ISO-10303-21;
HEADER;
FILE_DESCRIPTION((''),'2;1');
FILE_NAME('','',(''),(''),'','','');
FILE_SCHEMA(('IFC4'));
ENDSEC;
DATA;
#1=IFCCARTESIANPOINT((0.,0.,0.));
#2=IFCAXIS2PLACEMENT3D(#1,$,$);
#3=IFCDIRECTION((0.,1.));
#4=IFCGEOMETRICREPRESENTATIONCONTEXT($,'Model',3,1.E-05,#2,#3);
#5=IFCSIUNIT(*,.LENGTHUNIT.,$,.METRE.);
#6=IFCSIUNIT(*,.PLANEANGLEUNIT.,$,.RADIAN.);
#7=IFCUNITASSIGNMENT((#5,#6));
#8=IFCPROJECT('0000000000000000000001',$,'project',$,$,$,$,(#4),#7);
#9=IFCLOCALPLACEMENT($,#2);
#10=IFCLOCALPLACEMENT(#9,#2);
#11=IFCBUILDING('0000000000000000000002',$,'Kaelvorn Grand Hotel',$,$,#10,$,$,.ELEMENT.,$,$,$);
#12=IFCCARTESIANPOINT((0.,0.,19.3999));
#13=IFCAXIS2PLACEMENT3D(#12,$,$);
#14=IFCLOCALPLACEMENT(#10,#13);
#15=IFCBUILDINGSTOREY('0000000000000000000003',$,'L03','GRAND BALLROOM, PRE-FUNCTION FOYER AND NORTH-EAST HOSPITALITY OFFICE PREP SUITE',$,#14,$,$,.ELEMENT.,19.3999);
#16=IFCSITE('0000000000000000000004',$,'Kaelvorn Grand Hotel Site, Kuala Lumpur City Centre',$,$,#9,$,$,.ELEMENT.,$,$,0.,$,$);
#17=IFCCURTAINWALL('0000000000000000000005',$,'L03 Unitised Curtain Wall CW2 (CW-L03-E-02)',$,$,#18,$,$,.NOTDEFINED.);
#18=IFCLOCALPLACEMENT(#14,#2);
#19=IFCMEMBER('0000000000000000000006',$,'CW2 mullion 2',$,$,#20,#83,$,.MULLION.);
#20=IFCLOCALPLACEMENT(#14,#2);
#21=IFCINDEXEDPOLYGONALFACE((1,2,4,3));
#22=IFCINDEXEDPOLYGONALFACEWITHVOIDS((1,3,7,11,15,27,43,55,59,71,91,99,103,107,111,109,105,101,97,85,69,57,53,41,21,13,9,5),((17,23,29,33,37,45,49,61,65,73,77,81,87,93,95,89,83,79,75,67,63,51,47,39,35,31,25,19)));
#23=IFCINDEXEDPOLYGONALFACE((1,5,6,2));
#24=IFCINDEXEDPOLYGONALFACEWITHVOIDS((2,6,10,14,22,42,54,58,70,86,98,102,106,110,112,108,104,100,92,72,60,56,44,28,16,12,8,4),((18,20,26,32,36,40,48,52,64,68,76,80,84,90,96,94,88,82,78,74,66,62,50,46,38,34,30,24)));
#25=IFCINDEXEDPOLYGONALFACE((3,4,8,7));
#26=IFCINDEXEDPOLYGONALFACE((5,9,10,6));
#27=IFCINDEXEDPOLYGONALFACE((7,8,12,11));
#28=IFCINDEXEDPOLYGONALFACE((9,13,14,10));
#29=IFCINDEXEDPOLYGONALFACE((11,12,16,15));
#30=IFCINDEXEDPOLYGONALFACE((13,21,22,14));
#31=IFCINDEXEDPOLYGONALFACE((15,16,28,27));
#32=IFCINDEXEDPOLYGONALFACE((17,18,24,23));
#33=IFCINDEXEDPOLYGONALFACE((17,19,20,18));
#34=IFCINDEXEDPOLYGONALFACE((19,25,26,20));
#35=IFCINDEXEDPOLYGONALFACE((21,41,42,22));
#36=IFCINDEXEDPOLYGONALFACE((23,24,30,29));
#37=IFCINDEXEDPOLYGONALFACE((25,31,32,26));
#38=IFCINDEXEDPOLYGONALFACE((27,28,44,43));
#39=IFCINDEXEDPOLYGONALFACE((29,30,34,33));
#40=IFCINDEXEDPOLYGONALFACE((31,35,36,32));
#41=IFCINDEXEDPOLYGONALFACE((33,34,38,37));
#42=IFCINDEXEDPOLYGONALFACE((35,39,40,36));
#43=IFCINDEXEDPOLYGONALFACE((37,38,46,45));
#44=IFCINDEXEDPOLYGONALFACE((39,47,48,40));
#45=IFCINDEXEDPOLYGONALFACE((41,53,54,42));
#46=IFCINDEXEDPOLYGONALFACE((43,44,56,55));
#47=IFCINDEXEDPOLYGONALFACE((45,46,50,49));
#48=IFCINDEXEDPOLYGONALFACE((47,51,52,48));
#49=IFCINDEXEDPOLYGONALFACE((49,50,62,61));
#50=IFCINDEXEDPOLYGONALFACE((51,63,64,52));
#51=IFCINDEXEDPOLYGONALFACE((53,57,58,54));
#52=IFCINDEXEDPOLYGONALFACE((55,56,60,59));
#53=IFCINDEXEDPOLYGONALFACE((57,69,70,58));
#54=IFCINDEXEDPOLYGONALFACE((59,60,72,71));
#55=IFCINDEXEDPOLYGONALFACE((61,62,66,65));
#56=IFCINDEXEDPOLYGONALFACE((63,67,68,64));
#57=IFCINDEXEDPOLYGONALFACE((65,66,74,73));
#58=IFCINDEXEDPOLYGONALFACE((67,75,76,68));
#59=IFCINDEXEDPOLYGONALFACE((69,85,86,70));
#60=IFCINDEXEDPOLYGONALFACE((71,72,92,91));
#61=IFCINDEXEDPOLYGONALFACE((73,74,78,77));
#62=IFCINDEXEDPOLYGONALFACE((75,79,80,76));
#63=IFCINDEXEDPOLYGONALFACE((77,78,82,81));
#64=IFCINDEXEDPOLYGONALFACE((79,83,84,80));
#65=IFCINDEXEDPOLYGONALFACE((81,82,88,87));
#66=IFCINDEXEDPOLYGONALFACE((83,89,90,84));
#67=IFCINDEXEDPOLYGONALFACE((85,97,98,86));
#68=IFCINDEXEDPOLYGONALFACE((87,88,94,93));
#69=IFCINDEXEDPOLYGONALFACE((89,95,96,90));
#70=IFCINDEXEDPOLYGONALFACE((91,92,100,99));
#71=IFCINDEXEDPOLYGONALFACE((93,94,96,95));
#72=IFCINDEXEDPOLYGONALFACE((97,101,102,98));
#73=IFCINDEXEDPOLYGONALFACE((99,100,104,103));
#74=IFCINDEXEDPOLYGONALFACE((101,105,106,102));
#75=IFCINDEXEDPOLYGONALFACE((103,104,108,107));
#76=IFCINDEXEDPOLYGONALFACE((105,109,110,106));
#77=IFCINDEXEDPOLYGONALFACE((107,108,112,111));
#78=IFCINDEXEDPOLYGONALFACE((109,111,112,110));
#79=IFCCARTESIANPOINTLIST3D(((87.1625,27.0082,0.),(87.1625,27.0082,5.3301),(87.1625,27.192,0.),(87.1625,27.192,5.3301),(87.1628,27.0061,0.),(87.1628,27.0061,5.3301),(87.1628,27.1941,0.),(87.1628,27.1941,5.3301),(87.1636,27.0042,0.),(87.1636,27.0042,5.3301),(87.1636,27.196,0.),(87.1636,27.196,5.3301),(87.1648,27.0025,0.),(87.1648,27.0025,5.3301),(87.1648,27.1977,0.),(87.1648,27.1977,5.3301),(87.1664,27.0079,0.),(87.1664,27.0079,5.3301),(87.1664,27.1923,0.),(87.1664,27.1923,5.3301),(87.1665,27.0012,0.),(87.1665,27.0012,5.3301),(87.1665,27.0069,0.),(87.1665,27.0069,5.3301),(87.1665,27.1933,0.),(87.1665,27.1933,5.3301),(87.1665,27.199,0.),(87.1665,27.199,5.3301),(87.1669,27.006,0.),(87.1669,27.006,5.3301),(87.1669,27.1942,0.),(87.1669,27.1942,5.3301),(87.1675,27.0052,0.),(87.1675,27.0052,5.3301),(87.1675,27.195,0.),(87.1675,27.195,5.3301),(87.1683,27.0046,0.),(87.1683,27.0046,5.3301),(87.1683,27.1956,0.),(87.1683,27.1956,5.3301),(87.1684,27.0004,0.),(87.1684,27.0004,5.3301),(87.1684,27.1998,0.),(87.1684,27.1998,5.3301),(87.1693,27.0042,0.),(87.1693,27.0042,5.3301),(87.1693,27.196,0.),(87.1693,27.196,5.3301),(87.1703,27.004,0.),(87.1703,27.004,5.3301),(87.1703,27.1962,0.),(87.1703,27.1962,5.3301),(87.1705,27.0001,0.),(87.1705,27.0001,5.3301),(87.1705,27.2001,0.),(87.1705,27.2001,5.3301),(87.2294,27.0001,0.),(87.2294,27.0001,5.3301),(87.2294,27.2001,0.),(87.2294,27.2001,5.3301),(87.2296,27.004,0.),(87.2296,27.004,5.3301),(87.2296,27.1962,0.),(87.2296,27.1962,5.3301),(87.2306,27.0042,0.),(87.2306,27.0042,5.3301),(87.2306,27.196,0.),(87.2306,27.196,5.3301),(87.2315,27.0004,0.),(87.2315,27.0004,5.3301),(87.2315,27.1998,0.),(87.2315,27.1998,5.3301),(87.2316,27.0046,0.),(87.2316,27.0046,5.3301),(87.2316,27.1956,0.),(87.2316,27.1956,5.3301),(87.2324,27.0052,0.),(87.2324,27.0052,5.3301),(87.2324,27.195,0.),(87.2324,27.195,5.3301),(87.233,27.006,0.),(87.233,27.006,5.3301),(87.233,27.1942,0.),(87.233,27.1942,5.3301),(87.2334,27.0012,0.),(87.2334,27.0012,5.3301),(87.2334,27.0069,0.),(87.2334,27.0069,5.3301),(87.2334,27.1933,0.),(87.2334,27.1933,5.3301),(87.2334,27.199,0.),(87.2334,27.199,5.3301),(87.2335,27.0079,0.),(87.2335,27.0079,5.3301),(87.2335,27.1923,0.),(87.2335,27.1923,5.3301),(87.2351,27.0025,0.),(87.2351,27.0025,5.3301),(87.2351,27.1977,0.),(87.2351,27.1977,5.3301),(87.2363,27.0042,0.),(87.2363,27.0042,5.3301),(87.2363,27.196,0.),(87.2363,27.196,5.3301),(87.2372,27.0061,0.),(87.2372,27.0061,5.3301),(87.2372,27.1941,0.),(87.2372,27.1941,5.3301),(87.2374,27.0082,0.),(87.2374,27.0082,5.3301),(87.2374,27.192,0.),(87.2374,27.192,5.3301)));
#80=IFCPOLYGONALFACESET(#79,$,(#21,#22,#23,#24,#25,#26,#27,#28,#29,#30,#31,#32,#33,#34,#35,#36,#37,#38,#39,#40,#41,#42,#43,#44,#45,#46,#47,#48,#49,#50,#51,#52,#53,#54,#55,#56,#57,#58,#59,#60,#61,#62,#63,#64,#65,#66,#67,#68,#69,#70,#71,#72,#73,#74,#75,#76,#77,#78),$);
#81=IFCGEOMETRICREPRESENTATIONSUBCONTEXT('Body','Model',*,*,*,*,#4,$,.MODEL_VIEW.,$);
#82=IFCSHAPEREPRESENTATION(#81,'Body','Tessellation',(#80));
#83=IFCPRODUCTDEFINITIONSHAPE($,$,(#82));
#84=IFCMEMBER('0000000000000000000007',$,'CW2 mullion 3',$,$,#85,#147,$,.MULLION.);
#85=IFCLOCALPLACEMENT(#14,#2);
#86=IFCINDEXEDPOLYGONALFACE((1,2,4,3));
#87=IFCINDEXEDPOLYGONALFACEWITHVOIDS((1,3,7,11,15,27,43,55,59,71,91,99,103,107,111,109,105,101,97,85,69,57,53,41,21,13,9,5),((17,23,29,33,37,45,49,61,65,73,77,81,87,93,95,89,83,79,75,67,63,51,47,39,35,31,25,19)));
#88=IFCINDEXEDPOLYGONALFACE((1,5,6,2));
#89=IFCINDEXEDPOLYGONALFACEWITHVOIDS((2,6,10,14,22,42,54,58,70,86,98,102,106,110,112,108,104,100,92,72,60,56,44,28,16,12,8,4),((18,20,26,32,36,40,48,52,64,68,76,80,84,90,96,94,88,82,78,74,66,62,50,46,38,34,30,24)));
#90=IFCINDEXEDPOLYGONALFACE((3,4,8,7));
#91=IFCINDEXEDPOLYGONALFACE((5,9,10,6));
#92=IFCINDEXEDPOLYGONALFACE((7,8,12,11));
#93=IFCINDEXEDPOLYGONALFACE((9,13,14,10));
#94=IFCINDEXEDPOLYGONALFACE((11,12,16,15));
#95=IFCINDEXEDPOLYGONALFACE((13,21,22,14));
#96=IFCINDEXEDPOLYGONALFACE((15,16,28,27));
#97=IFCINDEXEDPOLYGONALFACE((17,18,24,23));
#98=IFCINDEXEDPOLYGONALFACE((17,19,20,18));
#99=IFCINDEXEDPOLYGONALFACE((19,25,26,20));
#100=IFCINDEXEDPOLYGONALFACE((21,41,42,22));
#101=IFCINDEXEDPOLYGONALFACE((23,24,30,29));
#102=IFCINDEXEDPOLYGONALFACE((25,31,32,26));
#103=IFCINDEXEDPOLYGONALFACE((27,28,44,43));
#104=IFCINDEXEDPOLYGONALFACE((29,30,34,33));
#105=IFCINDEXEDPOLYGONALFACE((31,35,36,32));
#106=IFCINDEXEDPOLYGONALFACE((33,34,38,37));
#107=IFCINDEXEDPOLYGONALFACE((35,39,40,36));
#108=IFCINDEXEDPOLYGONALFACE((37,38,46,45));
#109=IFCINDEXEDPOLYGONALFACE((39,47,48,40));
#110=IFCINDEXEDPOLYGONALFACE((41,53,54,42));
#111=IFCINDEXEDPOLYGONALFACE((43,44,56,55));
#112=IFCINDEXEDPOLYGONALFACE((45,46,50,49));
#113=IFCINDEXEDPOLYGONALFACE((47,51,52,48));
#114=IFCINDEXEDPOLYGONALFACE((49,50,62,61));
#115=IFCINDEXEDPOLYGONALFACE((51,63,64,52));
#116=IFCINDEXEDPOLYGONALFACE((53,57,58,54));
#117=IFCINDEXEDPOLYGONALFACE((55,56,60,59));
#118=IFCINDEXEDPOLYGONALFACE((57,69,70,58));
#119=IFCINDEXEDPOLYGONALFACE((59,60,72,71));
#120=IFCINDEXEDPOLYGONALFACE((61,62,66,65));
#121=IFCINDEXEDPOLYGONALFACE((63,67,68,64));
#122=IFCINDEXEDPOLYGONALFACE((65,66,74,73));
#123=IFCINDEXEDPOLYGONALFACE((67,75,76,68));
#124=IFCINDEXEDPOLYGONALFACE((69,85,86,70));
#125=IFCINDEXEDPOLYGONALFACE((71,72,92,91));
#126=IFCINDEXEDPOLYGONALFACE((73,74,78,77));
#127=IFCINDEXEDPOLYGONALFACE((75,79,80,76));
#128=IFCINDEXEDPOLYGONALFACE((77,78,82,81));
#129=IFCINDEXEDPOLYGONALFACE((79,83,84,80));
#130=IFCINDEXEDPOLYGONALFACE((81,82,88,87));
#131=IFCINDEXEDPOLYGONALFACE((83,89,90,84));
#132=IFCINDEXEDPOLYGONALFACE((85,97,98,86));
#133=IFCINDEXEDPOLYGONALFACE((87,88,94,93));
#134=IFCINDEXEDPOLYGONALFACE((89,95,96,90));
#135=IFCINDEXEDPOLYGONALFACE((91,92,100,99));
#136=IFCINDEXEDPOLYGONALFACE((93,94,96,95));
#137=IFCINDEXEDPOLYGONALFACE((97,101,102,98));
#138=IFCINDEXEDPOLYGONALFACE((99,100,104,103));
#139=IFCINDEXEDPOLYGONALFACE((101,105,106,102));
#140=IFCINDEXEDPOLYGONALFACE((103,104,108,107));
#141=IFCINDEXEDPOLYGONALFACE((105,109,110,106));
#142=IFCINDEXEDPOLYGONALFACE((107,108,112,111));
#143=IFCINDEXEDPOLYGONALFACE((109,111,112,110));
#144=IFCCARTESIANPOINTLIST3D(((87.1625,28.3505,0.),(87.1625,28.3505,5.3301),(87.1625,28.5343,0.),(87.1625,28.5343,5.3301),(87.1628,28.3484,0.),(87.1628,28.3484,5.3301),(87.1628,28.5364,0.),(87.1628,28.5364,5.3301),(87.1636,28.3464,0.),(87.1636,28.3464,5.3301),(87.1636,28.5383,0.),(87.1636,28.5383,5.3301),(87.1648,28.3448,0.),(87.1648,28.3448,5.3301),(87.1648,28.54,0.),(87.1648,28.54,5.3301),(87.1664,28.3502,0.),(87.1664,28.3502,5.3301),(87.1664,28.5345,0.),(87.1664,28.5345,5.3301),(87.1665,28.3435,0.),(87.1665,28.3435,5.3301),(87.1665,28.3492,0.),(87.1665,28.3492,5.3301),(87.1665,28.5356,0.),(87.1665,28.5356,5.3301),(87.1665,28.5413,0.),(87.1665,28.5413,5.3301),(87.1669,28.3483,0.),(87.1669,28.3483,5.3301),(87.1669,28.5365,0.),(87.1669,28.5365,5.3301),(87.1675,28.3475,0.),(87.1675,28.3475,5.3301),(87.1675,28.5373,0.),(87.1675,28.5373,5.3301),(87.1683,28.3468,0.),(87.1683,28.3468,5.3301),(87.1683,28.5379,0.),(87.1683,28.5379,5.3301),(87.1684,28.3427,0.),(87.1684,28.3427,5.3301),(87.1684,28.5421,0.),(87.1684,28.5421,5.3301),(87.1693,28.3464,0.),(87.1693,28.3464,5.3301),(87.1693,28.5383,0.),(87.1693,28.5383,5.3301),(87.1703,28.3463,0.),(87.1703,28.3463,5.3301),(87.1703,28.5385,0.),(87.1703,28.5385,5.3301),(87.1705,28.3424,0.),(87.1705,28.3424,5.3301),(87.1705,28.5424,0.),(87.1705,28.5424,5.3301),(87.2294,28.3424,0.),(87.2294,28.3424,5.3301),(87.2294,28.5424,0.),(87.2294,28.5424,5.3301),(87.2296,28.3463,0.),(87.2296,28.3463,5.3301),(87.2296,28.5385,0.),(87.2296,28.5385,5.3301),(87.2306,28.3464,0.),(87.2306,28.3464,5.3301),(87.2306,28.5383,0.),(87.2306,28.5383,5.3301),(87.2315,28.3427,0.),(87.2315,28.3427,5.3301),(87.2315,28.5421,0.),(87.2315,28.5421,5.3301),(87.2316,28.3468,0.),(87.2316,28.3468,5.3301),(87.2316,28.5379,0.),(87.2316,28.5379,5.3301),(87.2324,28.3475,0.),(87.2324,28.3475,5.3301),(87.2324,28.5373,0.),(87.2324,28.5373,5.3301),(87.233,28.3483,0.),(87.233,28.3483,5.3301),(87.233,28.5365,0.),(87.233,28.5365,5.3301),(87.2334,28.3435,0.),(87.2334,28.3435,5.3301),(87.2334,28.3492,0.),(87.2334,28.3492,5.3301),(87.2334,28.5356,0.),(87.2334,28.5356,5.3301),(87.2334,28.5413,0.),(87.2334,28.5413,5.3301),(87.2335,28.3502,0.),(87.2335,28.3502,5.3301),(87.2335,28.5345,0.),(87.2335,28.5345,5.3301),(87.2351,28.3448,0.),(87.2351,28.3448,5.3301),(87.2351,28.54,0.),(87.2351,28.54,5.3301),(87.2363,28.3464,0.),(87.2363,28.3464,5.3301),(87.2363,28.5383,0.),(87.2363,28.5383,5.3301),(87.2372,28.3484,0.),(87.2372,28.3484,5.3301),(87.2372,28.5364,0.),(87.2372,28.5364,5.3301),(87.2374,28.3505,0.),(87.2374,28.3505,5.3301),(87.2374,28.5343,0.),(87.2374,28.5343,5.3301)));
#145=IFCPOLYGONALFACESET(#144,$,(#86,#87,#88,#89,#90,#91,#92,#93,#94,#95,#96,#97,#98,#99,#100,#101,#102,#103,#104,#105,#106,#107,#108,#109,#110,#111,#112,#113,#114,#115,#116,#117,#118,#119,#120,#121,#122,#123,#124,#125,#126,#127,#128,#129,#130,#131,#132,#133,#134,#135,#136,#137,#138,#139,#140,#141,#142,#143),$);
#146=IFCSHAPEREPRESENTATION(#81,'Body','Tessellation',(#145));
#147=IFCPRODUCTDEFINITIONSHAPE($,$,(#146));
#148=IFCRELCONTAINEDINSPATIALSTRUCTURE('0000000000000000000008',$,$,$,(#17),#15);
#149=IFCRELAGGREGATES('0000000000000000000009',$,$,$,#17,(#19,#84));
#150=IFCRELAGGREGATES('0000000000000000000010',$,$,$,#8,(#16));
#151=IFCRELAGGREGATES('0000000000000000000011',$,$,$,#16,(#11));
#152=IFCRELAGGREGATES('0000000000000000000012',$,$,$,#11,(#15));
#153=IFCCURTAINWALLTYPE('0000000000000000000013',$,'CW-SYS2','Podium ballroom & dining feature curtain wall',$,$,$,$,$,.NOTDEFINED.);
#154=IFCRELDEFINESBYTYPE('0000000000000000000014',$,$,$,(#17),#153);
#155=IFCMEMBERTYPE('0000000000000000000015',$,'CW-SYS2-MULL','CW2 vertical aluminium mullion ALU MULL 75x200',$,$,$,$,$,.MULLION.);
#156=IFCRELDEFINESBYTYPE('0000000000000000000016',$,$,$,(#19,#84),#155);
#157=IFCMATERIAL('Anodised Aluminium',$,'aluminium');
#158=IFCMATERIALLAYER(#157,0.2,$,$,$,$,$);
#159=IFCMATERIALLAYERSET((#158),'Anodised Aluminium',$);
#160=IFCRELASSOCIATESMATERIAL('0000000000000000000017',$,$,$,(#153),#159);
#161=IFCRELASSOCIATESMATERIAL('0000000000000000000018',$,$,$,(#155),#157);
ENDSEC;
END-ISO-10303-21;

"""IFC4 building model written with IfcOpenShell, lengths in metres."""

from ifc_helpers import new_model, si_unit, direction, frame, origin, origin_2d, place, context, subcontext, project, spatial, hollow_rectangle, extrude, material, layer, layer_set, material_profile, profile_set, type_object, element, aggregate, save


model = new_model("IFC4")

# Units and contexts
model_context = context("Model", 3, precision=1e-05, world=origin(), true_north=direction((0.0, 1.0)))
body_context = subcontext(model_context, "Body", "Model", "MODEL_VIEW")
ifc_project = project(units=[si_unit("LENGTHUNIT", "METRE"), si_unit("PLANEANGLEUNIT", "RADIAN")], contexts=[model_context])

# Site, building, storey
site_placement = place(None, origin())
site = spatial("IfcSite", under=ifc_project, at=site_placement, Name="Kaelvorn Grand Hotel Site, Kuala Lumpur City Centre", CompositionType="ELEMENT", RefElevation=0.0)
building_placement = place(site_placement, origin())
building = spatial("IfcBuilding", under=site, at=building_placement, Name="Kaelvorn Grand Hotel", CompositionType="ELEMENT")
storey_placement = place(building_placement, frame((0.0, 0.0, 19.3999)))
storey = spatial("IfcBuildingStorey", under=building, at=storey_placement, Name="L03", Description="GRAND BALLROOM, PRE-FUNCTION FOYER AND NORTH-EAST HOSPITALITY OFFICE PREP SUITE", CompositionType="ELEMENT", Elevation=19.3999)

# Shared definitions
ifc_material_1 = material(Name="Anodised Aluminium", Category="aluminium")
ifc_layer_1 = layer(ifc_material_1, 0.2)
ifc_layer_set_1 = layer_set([ifc_layer_1], Name="Anodised Aluminium")
curtain_wall_type = type_object("IfcCurtainWallType", Name="CW-SYS2", Description="Podium ballroom & dining feature curtain wall", PredefinedType="NOTDEFINED", material=ifc_layer_set_1)
ifc_material_profile_1 = material_profile(ifc_material_1, hollow_rectangle(XDim=0.075, YDim=0.2, WallThickness=0.0039, InnerFilletRadius=0.0039, OuterFilletRadius=0.0081, at=origin_2d()), Name="ALU MULL 75x200")
ifc_profile_set_1 = profile_set([ifc_material_profile_1], Name="Anodised Aluminium")
member_type_1 = type_object("IfcMemberType", Name="CW-SYS2-MULL", Description="CW2 vertical aluminium mullion ALU MULL 75x200", PredefinedType="MULLION", material=ifc_profile_set_1)

# Curtain wall, members
curtain_wall_1_placement = place(storey_placement, origin())
curtain_wall_1 = element("IfcCurtainWall", 1, at=curtain_wall_1_placement, inside=storey, type_object=curtain_wall_type, Name="L03 Unitised Curtain Wall CW2 (CW-L03-E-02)", PredefinedType="NOTDEFINED")
member_1_placement = place(storey_placement, frame((87.2, 27.1001, 0.0), z_axis=(0.0, 0.0, 1.0), x_axis=(-1.0, 0.0, 0.0)))
member_1 = element("IfcMember", 2, at=member_1_placement, type_object=member_type_1, Name="CW2 mullion 2", PredefinedType="MULLION", context=body_context, shape_type="SweptSolid", body=[
    extrude(hollow_rectangle(XDim=0.075, YDim=0.2, WallThickness=0.0039, InnerFilletRadius=0.0039, OuterFilletRadius=0.0081, at=origin_2d()), origin(), (0.0, 0.0, 1.0), 5.3301),
])
member_2_placement = place(storey_placement, frame((87.2, 28.4424, 0.0), z_axis=(0.0, 0.0, 1.0), x_axis=(-1.0, 0.0, 0.0)))
member_2 = element("IfcMember", 3, at=member_2_placement, type_object=member_type_1, Name="CW2 mullion 3", PredefinedType="MULLION", context=body_context, shape_type="SweptSolid", body=[
    extrude(hollow_rectangle(XDim=0.075, YDim=0.2, WallThickness=0.0039, InnerFilletRadius=0.0039, OuterFilletRadius=0.0081, at=origin_2d()), origin(), (0.0, 0.0, 1.0), 5.3301),
])

aggregate(curtain_wall_1, [member_1, member_2])

save(model, "model.ifc")
